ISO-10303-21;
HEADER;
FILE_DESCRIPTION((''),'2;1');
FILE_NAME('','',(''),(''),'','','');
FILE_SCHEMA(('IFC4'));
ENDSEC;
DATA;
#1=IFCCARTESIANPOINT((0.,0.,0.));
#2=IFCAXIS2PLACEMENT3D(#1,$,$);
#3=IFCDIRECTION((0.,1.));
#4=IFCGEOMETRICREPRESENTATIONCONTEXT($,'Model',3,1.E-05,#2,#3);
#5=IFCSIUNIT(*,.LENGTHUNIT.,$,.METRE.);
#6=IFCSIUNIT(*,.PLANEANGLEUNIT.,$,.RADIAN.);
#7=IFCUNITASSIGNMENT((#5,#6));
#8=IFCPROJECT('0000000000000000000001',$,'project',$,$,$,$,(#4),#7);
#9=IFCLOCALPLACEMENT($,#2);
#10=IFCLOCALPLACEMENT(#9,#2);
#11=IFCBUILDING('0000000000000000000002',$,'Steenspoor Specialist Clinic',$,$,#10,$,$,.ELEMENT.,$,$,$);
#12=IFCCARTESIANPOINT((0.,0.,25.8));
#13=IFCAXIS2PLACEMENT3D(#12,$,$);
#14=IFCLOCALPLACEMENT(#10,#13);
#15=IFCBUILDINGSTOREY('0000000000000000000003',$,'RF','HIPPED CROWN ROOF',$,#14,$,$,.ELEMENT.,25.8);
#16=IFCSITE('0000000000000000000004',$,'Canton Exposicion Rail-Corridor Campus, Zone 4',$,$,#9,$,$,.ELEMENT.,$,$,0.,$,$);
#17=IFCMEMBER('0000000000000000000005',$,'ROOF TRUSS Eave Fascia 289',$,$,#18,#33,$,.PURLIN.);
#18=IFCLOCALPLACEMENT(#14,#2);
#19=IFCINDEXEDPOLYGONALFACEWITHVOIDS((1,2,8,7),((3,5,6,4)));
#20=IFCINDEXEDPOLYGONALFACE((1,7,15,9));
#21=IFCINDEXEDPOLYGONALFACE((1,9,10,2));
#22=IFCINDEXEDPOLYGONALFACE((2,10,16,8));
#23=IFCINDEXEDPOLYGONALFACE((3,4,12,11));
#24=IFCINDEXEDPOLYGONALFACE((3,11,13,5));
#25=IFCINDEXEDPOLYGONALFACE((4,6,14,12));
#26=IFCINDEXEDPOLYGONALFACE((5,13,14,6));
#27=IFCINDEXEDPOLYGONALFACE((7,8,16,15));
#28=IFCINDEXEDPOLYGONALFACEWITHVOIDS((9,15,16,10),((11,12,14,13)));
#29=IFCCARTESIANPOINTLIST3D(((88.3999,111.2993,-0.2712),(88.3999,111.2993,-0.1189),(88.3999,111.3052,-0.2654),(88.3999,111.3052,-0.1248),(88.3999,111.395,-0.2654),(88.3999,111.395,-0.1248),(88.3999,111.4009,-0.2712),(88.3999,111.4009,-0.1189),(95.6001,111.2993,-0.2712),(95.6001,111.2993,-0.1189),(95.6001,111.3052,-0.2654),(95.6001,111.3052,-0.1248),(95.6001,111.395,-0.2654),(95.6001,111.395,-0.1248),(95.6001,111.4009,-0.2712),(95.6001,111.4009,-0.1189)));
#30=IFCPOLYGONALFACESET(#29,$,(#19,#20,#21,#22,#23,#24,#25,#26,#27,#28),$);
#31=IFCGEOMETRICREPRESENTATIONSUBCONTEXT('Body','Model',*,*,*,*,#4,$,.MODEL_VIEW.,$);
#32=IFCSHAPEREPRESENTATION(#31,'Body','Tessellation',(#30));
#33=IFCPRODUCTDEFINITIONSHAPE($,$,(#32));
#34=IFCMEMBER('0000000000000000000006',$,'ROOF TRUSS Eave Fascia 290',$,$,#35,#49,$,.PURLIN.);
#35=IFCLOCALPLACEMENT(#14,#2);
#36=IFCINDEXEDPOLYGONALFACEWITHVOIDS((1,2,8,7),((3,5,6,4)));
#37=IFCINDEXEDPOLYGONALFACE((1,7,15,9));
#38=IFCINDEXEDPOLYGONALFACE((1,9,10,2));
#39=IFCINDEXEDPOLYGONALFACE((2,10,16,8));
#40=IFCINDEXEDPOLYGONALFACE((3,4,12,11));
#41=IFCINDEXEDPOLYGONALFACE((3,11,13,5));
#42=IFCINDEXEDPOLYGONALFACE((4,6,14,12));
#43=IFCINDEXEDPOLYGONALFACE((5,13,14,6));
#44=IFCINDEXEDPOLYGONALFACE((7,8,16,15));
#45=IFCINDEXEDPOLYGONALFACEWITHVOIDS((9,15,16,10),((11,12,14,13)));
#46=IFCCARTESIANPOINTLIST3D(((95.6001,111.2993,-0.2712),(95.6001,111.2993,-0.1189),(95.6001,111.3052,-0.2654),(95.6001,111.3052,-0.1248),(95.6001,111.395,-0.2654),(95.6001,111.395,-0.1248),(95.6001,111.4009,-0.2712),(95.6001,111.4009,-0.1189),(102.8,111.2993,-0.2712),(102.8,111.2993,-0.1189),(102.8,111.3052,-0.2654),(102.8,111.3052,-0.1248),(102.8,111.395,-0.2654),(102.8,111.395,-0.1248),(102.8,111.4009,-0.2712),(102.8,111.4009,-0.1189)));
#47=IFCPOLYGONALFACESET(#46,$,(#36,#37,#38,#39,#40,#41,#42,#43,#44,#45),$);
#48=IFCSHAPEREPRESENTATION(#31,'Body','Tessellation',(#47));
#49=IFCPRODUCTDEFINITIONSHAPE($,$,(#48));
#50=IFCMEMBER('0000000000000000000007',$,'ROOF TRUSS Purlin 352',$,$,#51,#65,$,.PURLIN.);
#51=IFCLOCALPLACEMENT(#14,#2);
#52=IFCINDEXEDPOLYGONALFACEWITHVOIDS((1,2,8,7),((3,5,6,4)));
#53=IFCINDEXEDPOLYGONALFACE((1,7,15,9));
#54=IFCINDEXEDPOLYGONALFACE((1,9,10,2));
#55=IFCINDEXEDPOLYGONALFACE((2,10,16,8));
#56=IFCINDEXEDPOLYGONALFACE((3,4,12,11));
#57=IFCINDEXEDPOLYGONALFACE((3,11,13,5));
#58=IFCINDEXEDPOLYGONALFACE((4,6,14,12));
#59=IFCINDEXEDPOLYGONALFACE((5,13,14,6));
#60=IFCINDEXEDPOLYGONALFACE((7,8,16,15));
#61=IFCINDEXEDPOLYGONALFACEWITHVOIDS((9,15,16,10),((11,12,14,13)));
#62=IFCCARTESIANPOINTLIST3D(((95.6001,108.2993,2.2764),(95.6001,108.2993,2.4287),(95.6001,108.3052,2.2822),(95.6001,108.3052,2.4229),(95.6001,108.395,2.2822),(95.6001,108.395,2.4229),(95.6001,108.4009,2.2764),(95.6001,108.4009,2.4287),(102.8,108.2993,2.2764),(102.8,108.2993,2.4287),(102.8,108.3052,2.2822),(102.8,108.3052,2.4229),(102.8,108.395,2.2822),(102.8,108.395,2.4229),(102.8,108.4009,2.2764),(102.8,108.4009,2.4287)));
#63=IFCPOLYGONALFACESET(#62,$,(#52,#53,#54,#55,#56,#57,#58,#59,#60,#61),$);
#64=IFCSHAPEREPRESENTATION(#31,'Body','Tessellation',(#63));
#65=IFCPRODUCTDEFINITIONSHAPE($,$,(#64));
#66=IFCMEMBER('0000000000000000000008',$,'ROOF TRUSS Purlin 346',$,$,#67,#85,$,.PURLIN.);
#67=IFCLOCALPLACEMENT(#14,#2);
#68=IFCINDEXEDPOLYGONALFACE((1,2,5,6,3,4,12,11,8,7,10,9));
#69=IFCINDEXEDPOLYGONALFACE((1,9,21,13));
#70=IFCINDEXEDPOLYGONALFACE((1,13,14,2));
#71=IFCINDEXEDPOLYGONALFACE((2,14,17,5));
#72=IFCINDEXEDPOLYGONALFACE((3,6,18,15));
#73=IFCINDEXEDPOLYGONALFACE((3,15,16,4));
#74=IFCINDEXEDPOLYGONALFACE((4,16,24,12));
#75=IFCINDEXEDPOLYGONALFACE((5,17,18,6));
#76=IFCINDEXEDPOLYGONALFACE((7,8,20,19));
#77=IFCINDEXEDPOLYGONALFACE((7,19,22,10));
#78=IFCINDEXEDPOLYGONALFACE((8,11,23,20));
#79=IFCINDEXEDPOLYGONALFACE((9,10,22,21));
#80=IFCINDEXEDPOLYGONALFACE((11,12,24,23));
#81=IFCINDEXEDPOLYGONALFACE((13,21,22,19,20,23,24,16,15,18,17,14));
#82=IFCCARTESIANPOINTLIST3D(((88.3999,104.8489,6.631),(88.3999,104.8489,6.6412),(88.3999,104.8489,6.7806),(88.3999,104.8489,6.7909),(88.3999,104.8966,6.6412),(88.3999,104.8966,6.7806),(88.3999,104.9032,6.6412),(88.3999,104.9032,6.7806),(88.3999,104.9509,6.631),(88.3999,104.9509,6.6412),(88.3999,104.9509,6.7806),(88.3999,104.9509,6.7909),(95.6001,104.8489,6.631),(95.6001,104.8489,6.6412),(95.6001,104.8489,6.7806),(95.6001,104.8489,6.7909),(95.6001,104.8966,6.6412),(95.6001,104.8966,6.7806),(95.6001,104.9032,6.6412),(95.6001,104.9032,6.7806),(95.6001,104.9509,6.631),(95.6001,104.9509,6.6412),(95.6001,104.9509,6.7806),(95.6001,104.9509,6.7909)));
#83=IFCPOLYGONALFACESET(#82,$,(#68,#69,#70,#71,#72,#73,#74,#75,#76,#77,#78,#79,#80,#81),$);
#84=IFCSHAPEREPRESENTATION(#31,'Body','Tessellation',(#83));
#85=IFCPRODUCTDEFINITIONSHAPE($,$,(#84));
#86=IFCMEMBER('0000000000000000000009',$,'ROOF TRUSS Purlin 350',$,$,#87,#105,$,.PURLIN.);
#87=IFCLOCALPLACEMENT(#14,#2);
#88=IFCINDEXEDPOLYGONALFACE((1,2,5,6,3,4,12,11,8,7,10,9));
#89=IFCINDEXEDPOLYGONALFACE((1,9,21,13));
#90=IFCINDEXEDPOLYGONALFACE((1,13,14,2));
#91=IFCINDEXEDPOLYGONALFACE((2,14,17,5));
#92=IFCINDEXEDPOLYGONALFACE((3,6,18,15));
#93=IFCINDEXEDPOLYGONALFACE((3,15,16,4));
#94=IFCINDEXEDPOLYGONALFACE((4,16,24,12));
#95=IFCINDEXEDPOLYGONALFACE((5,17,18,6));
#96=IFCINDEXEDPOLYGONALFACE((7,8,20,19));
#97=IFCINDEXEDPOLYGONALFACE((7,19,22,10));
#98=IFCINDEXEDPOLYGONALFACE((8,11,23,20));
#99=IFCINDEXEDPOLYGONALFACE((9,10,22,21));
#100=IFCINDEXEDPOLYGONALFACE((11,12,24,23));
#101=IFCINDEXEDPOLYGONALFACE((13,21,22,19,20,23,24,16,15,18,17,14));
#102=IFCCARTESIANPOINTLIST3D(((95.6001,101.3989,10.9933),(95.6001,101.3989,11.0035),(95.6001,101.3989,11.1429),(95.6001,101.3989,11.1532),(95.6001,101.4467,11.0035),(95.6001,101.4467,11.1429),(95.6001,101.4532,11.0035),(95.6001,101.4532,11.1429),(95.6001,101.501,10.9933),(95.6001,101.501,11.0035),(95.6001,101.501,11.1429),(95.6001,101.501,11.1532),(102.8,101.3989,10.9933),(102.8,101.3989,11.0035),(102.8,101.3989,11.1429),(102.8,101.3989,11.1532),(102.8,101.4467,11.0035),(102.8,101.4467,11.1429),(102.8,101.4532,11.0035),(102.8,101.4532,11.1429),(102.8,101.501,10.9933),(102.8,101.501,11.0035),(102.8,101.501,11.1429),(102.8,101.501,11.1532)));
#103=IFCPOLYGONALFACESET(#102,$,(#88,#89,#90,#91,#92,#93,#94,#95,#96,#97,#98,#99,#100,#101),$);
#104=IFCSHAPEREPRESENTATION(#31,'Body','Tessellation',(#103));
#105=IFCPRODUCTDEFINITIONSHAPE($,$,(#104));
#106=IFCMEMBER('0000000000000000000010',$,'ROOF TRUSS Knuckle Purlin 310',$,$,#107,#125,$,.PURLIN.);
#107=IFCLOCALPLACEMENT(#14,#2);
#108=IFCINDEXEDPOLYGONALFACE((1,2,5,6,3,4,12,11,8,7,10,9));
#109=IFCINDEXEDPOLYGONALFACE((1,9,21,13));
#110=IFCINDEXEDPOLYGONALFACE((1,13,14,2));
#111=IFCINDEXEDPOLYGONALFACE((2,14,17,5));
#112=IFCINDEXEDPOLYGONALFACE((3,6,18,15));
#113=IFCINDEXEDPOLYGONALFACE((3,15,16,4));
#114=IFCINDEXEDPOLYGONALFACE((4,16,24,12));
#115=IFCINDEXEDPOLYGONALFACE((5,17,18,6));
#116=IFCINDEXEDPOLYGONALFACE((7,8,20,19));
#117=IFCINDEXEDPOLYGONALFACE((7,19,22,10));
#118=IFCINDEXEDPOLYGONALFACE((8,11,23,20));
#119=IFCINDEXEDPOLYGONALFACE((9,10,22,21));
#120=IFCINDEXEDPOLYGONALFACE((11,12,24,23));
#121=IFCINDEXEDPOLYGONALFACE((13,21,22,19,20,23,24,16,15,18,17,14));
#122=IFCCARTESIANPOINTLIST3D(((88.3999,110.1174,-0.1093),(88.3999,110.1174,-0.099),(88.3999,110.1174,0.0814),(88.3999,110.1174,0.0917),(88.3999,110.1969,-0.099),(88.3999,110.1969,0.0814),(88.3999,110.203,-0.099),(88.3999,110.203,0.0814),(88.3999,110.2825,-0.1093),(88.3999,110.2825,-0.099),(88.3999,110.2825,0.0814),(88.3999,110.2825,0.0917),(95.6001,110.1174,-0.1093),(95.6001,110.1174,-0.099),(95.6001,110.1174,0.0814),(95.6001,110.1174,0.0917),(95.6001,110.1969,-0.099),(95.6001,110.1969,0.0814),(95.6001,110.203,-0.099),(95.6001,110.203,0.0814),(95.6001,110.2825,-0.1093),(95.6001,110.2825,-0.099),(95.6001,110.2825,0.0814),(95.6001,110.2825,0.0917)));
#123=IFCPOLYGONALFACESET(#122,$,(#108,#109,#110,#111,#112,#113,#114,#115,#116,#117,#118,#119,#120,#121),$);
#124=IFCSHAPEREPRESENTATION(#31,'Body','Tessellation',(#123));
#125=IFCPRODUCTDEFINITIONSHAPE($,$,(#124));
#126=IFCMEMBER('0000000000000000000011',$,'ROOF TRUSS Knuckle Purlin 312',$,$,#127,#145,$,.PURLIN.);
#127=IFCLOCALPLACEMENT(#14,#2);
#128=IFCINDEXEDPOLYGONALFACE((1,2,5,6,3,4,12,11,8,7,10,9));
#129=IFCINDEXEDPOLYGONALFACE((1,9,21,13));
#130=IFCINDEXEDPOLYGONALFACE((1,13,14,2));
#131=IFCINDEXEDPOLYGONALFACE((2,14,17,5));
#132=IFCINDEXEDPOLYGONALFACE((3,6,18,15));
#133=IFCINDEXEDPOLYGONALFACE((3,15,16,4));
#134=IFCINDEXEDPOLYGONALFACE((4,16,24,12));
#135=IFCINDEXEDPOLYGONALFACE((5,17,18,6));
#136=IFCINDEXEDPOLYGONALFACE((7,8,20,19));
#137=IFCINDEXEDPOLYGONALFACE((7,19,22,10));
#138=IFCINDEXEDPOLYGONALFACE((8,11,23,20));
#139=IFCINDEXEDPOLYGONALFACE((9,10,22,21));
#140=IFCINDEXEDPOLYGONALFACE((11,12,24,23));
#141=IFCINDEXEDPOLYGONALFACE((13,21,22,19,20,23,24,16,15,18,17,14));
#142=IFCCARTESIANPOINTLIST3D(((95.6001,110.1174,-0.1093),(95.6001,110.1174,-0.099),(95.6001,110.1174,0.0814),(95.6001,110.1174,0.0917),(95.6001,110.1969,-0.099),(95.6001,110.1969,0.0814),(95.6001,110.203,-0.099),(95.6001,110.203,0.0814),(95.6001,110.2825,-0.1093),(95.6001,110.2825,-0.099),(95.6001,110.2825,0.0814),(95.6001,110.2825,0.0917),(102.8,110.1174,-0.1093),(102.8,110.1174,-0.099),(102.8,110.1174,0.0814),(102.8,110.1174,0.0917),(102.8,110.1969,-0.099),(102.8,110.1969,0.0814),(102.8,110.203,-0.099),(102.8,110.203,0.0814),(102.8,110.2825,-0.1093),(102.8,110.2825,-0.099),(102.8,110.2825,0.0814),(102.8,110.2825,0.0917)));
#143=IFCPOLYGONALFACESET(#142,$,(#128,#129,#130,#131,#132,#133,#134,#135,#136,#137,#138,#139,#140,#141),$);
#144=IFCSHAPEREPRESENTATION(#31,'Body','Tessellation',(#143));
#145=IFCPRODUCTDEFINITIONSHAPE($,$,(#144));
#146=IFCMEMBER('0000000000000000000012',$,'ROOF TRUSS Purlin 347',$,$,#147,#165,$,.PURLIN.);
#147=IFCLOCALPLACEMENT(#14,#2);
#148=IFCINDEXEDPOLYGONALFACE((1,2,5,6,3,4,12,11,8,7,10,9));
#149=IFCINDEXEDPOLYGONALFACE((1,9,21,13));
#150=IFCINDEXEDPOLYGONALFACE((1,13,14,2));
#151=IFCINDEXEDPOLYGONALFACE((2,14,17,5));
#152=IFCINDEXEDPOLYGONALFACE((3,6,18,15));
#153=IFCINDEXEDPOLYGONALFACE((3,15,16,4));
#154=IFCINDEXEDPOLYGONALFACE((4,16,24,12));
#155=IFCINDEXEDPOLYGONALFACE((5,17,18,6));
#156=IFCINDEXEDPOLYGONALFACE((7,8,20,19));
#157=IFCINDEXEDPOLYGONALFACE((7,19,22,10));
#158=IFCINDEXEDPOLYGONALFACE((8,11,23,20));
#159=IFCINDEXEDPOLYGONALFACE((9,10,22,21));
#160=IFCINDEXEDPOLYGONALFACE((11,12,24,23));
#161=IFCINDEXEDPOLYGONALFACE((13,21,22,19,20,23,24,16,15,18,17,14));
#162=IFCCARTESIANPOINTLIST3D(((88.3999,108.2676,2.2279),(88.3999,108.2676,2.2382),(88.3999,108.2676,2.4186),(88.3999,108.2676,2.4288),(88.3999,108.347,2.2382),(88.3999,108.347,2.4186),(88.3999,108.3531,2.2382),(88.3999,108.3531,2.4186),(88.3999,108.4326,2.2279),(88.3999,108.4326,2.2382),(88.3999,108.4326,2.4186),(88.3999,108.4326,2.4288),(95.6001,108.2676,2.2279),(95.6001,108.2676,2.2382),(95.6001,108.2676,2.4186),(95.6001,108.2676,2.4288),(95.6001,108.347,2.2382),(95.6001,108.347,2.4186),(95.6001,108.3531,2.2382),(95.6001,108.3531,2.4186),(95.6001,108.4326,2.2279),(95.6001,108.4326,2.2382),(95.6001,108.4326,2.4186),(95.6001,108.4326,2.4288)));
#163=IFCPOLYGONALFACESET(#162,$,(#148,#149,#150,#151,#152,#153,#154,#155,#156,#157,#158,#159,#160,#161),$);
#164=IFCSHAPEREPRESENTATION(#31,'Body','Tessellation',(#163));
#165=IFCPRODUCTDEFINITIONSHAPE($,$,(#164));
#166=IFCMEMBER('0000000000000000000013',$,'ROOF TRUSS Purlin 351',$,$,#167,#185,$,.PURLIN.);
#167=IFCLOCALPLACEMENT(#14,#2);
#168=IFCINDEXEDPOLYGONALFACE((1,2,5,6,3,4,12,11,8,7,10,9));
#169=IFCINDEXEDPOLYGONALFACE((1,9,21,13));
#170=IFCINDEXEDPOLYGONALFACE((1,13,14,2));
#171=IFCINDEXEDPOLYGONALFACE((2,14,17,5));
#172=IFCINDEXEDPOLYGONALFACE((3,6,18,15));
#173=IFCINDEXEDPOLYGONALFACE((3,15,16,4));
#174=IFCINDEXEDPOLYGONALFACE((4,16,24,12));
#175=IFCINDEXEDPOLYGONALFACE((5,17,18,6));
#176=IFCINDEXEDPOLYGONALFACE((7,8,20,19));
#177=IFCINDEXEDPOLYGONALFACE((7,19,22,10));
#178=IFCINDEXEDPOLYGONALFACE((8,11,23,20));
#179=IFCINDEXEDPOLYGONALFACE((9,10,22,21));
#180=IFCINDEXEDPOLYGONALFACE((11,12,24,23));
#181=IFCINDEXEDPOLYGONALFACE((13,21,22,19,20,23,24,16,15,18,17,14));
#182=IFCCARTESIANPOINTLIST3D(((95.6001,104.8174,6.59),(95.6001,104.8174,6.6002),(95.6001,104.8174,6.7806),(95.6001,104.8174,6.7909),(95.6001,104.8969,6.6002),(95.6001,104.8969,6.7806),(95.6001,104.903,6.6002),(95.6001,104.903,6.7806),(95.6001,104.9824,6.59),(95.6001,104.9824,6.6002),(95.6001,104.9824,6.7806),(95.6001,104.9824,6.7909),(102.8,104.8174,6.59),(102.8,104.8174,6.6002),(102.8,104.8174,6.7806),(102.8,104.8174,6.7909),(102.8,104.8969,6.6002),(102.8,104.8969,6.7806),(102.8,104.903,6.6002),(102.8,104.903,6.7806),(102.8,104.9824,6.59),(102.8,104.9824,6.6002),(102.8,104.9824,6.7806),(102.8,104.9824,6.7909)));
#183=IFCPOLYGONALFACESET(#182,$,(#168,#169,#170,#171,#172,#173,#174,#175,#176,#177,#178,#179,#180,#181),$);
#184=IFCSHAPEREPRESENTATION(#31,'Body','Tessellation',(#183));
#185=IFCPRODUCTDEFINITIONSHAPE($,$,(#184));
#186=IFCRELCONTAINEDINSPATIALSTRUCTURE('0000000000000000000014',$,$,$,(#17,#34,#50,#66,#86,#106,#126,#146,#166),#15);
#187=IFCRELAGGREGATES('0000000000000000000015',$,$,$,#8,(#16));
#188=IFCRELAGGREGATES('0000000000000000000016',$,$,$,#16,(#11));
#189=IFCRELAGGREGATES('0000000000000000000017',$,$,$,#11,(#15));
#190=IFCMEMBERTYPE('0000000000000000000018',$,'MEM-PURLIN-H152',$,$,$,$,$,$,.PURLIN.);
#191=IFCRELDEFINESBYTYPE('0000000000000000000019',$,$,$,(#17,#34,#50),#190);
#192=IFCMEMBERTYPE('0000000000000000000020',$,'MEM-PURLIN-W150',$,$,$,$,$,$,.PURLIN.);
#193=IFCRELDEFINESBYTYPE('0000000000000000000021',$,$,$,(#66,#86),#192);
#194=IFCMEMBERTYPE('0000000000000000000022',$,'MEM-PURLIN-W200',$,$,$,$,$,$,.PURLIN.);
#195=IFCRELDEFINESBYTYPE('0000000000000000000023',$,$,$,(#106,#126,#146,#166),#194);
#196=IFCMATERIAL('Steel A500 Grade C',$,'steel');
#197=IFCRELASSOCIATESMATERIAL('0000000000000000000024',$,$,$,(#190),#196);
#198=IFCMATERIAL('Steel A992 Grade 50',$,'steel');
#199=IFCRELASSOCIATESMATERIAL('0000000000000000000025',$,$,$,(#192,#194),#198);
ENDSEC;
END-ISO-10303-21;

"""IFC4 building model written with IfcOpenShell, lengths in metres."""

from ifc_helpers import new_model, si_unit, direction, frame, origin, origin_2d, place, context, subcontext, project, spatial, hollow_rectangle, i_section, extrude, material, material_profile, profile_set, type_object, element, save


model = new_model("IFC4")

# Units and contexts
model_context = context("Model", 3, precision=1e-05, world=origin(), true_north=direction((0.0, 1.0)))
body_context = subcontext(model_context, "Body", "Model", "MODEL_VIEW")
ifc_project = project(units=[si_unit("LENGTHUNIT", "METRE"), si_unit("PLANEANGLEUNIT", "RADIAN")], contexts=[model_context])

# Site, building, storey
site_placement = place(None, origin())
site = spatial("IfcSite", under=ifc_project, at=site_placement, Name="Canton Exposicion Rail-Corridor Campus, Zone 4", CompositionType="ELEMENT", RefElevation=0.0)
building_placement = place(site_placement, origin())
building = spatial("IfcBuilding", under=site, at=building_placement, Name="Steenspoor Specialist Clinic", CompositionType="ELEMENT")
storey_placement = place(building_placement, frame((0.0, 0.0, 25.8)))
storey = spatial("IfcBuildingStorey", under=building, at=storey_placement, Name="RF", Description="HIPPED CROWN ROOF", CompositionType="ELEMENT", Elevation=25.8)

# Members
ifc_material_1 = material(Name="Steel A500 Grade C", Category="steel")
ifc_material_2 = material(Name="Steel A992 Grade 50", Category="steel")
ifc_material_profile_1 = material_profile(ifc_material_1, hollow_rectangle(XDim=0.1016, YDim=0.1523, WallThickness=0.0059, at=origin_2d()), Name="HSS152X102X6.4")
ifc_profile_set_1 = profile_set([ifc_material_profile_1], Name="Steel A500 Grade C")
member_type_1 = type_object("IfcMemberType", Name="MEM-PURLIN-H152", PredefinedType="PURLIN", material=ifc_profile_set_1)
member_1_placement = place(storey_placement, frame((88.3999, 111.3501, -0.1951), z_axis=(1.0, 0.0, 0.0), x_axis=(0.0, 1.0, 0.0)))
element("IfcMember", 1, at=member_1_placement, inside=storey, type_object=member_type_1, Name="ROOF TRUSS Eave Fascia 289", PredefinedType="PURLIN", context=body_context, shape_type="SweptSolid", body=[
    extrude(hollow_rectangle(XDim=0.1016, YDim=0.1523, WallThickness=0.0059, at=origin_2d()), origin(), (0.0, 0.0, 1.0), 7.2002),
])
for number, where, z_axis, x_axis, name in (
    (2, (95.6001, 111.3501, -0.1951), (1.0, 0.0, 0.0), (0.0, 1.0, 0.0), "ROOF TRUSS Eave Fascia 290"),
    (3, (95.6001, 108.3501, 2.3525), (1.0, 0.0, 0.0), (0.0, 1.0, 0.0), "ROOF TRUSS Purlin 352"),
):
    element("IfcMember", number, at=place(storey_placement, frame(where, z_axis=z_axis, x_axis=x_axis)), inside=storey, type_object=member_type_1, Name=name, PredefinedType="PURLIN", context=body_context, shape_type="SweptSolid", body=[
        extrude(hollow_rectangle(XDim=0.1016, YDim=0.1523, WallThickness=0.0059, at=origin_2d()), origin(), (0.0, 0.0, 1.0), 7.2),
    ])
ifc_material_profile_2 = material_profile(ifc_material_2, i_section(OverallWidth=0.1021, OverallDepth=0.1599, WebThickness=0.0066, FlangeThickness=0.0103, at=origin_2d()), Name="W150X24")
ifc_profile_set_2 = profile_set([ifc_material_profile_2], Name="Steel A992 Grade 50")
member_type_2 = type_object("IfcMemberType", Name="MEM-PURLIN-W150", PredefinedType="PURLIN", material=ifc_profile_set_2)
member_2_placement = place(storey_placement, frame((88.3999, 104.8999, 6.7109), z_axis=(1.0, 0.0, 0.0), x_axis=(0.0, 1.0, 0.0)))
element("IfcMember", 4, at=member_2_placement, inside=storey, type_object=member_type_2, Name="ROOF TRUSS Purlin 346", PredefinedType="PURLIN", context=body_context, shape_type="SweptSolid", body=[
    extrude(i_section(OverallWidth=0.1021, OverallDepth=0.1599, WebThickness=0.0066, FlangeThickness=0.0103, at=origin_2d()), origin(), (0.0, 0.0, 1.0), 7.2002),
])
member_3_placement = place(storey_placement, frame((95.6001, 101.45, 11.0732), z_axis=(1.0, 0.0, 0.0), x_axis=(0.0, 1.0, 0.0)))
element("IfcMember", 5, at=member_3_placement, inside=storey, type_object=member_type_2, Name="ROOF TRUSS Purlin 350", PredefinedType="PURLIN", context=body_context, shape_type="SweptSolid", body=[
    extrude(i_section(OverallWidth=0.1021, OverallDepth=0.1599, WebThickness=0.0066, FlangeThickness=0.0103, at=origin_2d()), origin(), (0.0, 0.0, 1.0), 7.2),
])
ifc_material_profile_3 = material_profile(ifc_material_2, i_section(OverallWidth=0.165, OverallDepth=0.2009, WebThickness=0.0061, FlangeThickness=0.0103, at=origin_2d()), Name="W200X36")
ifc_profile_set_3 = profile_set([ifc_material_profile_3], Name="Steel A992 Grade 50")
member_type_3 = type_object("IfcMemberType", Name="MEM-PURLIN-W200", PredefinedType="PURLIN", material=ifc_profile_set_3)
member_4_placement = place(storey_placement, frame((88.3999, 110.2, -0.0088), z_axis=(1.0, 0.0, 0.0), x_axis=(0.0, 1.0, 0.0)))
element("IfcMember", 6, at=member_4_placement, inside=storey, type_object=member_type_3, Name="ROOF TRUSS Knuckle Purlin 310", PredefinedType="PURLIN", context=body_context, shape_type="SweptSolid", body=[
    extrude(i_section(OverallWidth=0.165, OverallDepth=0.2009, WebThickness=0.0061, FlangeThickness=0.0103, at=origin_2d()), origin(), (0.0, 0.0, 1.0), 7.2002),
])
member_5_placement = place(storey_placement, frame((95.6001, 110.2, -0.0088), z_axis=(1.0, 0.0, 0.0), x_axis=(0.0, 1.0, 0.0)))
element("IfcMember", 7, at=member_5_placement, inside=storey, type_object=member_type_3, Name="ROOF TRUSS Knuckle Purlin 312", PredefinedType="PURLIN", context=body_context, shape_type="SweptSolid", body=[
    extrude(i_section(OverallWidth=0.165, OverallDepth=0.2009, WebThickness=0.0061, FlangeThickness=0.0103, at=origin_2d()), origin(), (0.0, 0.0, 1.0), 7.2),
])
member_6_placement = place(storey_placement, frame((88.3999, 108.3501, 2.3284), z_axis=(1.0, 0.0, 0.0), x_axis=(0.0, 1.0, 0.0)))
element("IfcMember", 8, at=member_6_placement, inside=storey, type_object=member_type_3, Name="ROOF TRUSS Purlin 347", PredefinedType="PURLIN", context=body_context, shape_type="SweptSolid", body=[
    extrude(i_section(OverallWidth=0.165, OverallDepth=0.2009, WebThickness=0.0061, FlangeThickness=0.0103, at=origin_2d()), origin(), (0.0, 0.0, 1.0), 7.2002),
])
member_7_placement = place(storey_placement, frame((95.6001, 104.8999, 6.6904), z_axis=(1.0, 0.0, 0.0), x_axis=(0.0, 1.0, 0.0)))
element("IfcMember", 9, at=member_7_placement, inside=storey, type_object=member_type_3, Name="ROOF TRUSS Purlin 351", PredefinedType="PURLIN", context=body_context, shape_type="SweptSolid", body=[
    extrude(i_section(OverallWidth=0.165, OverallDepth=0.2009, WebThickness=0.0061, FlangeThickness=0.0103, at=origin_2d()), origin(), (0.0, 0.0, 1.0), 7.2),
])

save(model, "model.ifc")
